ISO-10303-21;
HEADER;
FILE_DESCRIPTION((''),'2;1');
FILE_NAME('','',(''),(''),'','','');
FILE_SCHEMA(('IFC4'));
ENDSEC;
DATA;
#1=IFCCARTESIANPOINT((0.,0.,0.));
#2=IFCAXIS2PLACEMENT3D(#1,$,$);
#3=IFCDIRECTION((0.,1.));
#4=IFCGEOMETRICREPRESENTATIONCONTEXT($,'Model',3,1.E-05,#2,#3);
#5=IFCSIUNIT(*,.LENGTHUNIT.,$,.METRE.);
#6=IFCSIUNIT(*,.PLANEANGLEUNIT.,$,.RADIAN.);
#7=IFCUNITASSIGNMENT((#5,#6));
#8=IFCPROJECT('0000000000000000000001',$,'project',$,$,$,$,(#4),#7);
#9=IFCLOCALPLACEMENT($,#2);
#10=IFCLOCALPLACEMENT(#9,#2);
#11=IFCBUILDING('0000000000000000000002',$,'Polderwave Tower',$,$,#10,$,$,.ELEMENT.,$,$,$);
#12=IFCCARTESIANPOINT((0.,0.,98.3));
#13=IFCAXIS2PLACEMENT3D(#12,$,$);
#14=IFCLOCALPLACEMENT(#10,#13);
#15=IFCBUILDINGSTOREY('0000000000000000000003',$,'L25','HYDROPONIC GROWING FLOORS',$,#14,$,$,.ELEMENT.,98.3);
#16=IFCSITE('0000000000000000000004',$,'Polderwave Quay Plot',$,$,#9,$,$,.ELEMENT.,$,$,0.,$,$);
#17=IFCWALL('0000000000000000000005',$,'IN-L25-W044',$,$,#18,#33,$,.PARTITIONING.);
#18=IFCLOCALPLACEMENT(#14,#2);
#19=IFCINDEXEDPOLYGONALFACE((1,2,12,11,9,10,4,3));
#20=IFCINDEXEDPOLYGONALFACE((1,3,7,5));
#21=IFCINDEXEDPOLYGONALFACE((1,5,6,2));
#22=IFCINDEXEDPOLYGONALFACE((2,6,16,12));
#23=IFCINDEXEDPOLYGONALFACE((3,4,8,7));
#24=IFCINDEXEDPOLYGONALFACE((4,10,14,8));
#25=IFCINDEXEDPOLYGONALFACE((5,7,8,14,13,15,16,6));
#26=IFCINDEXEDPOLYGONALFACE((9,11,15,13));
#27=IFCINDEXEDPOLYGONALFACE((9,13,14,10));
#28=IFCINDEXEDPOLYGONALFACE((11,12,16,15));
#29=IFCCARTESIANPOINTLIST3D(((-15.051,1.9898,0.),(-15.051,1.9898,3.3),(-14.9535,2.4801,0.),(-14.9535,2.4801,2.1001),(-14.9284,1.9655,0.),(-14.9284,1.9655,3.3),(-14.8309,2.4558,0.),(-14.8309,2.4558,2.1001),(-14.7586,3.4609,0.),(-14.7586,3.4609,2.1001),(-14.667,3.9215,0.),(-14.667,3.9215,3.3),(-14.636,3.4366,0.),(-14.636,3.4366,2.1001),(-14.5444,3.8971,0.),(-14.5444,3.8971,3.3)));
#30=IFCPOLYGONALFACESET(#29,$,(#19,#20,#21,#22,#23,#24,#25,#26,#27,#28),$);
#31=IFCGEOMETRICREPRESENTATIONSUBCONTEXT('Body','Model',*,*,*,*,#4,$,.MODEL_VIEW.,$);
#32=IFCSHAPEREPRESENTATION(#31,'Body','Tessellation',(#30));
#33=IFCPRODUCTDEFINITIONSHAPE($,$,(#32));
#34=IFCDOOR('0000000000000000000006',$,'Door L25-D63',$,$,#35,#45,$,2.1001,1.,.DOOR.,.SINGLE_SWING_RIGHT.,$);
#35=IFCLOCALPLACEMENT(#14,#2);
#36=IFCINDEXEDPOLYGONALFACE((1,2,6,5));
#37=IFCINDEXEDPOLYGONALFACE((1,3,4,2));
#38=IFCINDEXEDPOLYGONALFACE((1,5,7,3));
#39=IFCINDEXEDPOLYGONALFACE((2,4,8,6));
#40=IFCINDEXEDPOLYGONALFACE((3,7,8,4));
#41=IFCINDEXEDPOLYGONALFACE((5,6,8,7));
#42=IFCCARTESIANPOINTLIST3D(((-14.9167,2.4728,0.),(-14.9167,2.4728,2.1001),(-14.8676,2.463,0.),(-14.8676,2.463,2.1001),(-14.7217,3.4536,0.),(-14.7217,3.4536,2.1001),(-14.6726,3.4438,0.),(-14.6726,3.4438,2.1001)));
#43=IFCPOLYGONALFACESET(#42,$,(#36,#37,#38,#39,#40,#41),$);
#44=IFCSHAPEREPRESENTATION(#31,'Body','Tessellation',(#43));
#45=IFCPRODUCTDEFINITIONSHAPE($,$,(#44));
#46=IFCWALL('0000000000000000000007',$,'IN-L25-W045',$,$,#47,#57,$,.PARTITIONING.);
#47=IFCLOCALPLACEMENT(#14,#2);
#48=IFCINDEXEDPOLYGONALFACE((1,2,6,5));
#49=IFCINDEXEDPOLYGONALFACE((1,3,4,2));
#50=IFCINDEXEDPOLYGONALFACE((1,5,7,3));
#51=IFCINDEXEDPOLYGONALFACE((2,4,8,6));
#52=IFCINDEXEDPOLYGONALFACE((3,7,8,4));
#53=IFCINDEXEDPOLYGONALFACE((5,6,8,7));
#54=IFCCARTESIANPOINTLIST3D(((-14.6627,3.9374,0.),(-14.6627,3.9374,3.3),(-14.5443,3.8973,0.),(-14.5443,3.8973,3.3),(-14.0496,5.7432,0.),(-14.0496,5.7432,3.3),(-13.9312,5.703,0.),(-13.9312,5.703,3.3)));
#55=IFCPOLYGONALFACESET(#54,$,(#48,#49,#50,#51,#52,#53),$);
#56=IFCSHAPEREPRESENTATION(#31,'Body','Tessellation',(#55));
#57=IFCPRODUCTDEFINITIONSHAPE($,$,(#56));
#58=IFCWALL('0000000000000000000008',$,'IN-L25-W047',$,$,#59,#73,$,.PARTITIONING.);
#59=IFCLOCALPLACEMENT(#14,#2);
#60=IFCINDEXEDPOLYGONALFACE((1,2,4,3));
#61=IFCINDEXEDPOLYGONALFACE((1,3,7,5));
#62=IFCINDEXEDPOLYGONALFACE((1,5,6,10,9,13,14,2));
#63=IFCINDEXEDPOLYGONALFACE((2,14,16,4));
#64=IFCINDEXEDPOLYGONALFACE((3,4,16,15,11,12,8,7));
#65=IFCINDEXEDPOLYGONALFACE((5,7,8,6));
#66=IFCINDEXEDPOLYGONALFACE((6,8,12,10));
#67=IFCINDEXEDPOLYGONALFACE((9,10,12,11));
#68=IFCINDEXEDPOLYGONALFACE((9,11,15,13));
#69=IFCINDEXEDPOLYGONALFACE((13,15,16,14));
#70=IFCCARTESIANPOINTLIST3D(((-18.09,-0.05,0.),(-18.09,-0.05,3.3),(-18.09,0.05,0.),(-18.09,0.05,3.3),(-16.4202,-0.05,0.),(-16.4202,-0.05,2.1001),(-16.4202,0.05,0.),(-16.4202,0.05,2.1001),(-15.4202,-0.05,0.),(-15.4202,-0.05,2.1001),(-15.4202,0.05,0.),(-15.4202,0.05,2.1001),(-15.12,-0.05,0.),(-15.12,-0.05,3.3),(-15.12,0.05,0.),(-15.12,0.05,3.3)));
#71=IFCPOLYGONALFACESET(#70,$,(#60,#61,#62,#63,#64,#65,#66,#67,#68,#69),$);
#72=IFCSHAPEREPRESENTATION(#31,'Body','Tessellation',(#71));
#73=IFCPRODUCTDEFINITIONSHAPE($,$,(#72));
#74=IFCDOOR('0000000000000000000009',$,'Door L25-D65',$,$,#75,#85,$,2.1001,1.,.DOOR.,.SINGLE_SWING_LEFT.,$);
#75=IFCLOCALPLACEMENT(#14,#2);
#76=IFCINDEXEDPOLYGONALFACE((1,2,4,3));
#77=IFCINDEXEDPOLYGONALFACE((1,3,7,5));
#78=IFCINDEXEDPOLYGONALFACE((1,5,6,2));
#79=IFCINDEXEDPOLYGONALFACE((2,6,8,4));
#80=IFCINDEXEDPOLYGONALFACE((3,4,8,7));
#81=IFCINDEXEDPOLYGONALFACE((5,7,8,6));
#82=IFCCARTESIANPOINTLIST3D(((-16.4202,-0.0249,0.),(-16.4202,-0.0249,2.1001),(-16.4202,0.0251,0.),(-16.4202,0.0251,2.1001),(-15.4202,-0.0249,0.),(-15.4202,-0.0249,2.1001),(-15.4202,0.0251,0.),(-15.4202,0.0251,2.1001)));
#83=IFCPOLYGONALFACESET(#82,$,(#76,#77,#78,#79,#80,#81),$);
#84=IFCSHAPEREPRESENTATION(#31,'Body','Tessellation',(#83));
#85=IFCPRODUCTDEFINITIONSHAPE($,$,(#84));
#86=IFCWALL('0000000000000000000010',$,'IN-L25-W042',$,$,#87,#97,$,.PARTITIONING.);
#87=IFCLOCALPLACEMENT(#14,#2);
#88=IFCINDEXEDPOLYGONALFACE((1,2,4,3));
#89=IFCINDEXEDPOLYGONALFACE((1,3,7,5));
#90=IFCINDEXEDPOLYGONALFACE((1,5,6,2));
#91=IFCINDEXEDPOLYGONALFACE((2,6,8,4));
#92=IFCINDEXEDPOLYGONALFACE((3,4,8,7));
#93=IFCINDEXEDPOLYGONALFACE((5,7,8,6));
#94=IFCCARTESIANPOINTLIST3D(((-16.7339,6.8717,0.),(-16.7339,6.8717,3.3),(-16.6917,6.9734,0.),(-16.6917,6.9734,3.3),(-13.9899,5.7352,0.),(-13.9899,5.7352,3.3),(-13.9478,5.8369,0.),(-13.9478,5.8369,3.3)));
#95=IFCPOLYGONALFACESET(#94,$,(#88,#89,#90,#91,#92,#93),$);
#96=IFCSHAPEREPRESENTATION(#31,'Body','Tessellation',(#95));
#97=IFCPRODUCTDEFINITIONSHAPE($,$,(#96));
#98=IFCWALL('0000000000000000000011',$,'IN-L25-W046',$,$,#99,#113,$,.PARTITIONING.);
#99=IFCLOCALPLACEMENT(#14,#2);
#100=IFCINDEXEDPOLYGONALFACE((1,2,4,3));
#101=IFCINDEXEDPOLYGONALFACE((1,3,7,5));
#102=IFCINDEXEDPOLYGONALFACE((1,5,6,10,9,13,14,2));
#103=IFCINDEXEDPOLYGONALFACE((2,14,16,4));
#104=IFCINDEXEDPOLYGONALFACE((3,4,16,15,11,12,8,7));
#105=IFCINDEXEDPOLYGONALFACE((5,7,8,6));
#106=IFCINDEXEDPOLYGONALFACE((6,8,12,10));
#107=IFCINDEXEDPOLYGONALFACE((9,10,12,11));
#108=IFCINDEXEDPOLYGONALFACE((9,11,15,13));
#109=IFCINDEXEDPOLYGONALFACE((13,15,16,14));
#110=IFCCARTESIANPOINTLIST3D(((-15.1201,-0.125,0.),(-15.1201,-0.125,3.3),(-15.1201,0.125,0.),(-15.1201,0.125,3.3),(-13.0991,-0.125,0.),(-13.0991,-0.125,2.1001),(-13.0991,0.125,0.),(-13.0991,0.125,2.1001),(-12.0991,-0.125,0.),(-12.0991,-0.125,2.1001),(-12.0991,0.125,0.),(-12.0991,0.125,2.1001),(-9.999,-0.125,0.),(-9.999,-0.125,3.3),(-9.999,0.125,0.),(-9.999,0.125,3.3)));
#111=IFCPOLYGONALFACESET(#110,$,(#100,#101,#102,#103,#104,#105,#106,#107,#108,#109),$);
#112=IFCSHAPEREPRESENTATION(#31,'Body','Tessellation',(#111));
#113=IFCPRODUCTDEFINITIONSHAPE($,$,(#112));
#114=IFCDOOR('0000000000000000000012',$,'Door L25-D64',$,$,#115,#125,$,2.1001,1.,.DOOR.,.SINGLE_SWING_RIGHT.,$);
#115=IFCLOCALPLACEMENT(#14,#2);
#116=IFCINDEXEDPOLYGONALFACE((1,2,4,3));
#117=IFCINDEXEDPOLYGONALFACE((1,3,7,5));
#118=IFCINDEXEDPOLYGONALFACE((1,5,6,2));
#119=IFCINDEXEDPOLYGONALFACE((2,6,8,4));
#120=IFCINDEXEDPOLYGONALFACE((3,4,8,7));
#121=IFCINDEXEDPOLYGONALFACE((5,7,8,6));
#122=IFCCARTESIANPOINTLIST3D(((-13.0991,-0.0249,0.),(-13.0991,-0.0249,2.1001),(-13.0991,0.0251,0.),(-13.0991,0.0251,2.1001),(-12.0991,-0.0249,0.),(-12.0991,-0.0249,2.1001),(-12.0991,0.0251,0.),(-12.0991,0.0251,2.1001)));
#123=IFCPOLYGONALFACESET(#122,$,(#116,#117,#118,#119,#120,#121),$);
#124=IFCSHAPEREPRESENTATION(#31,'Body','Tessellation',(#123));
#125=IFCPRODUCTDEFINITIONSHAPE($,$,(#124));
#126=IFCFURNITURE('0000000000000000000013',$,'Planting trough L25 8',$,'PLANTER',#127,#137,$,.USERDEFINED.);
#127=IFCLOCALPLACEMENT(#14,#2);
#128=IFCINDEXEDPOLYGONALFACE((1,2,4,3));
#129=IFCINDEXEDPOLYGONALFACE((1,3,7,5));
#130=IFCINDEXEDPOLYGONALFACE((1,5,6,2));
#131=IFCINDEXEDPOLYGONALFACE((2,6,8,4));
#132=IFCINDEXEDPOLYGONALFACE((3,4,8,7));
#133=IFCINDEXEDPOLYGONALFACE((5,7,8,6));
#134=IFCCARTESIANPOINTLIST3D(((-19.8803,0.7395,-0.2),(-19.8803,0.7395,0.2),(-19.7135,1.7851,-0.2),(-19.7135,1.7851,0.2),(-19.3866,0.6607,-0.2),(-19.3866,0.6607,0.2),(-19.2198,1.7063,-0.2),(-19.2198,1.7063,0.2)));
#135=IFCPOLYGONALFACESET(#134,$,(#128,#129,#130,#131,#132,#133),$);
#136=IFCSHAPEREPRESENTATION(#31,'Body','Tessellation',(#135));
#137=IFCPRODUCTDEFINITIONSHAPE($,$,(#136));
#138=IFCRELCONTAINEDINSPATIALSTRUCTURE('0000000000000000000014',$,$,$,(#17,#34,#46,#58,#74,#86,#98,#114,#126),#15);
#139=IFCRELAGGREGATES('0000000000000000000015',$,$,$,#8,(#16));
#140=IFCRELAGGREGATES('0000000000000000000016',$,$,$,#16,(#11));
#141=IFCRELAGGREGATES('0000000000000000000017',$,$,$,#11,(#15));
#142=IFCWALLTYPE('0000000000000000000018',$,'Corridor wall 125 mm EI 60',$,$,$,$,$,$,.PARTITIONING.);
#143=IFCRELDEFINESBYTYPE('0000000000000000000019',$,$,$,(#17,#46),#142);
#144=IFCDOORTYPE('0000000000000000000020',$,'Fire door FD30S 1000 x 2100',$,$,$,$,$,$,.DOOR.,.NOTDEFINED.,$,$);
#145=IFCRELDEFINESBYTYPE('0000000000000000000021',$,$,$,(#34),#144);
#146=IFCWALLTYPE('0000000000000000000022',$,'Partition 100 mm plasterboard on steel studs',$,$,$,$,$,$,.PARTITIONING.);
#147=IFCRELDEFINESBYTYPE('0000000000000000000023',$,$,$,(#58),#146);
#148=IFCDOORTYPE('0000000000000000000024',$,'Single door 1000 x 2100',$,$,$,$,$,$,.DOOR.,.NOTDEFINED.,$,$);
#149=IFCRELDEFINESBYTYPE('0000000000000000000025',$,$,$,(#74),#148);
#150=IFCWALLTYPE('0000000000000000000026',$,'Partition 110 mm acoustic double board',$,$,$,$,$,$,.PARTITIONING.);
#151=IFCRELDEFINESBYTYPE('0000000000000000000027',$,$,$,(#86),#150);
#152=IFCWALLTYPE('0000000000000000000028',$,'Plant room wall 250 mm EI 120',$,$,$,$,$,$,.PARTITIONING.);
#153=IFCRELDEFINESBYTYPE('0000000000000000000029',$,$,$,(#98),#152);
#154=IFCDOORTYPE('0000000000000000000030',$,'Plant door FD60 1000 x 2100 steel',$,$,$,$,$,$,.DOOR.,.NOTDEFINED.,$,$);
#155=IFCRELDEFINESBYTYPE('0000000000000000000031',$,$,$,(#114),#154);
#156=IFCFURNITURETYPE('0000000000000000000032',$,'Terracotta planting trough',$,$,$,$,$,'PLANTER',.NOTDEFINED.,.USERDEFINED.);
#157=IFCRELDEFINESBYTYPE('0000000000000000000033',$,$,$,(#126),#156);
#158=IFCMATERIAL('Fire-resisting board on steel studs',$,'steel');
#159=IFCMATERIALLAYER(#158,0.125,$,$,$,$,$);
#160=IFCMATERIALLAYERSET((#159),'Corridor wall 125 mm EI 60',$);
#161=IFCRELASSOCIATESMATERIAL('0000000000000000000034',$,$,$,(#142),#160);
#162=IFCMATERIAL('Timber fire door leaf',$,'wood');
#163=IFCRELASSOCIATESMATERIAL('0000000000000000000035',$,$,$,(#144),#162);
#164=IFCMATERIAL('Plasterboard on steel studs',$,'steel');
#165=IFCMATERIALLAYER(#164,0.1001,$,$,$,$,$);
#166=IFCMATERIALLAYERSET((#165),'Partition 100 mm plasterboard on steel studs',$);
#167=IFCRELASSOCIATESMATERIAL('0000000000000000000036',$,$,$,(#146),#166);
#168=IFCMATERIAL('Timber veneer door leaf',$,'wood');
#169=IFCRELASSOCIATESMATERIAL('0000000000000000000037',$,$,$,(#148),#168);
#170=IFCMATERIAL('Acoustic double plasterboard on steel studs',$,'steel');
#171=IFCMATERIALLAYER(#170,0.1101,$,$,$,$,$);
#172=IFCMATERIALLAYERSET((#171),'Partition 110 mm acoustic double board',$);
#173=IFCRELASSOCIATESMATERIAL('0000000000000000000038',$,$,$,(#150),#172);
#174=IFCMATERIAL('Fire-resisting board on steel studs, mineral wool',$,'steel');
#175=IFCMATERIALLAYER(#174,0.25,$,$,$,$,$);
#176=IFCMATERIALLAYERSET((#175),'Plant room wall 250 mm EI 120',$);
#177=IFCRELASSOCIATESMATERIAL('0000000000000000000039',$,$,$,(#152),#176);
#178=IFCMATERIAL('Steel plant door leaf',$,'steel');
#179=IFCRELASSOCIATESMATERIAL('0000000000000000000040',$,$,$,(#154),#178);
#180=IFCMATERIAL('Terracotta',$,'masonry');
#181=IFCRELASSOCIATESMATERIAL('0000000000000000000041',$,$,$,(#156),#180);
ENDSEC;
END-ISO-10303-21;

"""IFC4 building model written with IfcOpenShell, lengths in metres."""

from ifc_helpers import new_model, si_unit, direction, frame, frame_2d, origin, origin_2d, place, context, subcontext, project, spatial, rectangle, extrude, material, layer, layer_set, type_object, element, fill, save


model = new_model("IFC4")

# Units and contexts
model_context = context("Model", 3, precision=1e-05, world=origin(), true_north=direction((0.0, 1.0)))
body_context = subcontext(model_context, "Body", "Model", "MODEL_VIEW")
ifc_project = project(units=[si_unit("LENGTHUNIT", "METRE"), si_unit("PLANEANGLEUNIT", "RADIAN")], contexts=[model_context])

# Site, building, storey
site_placement = place(None, origin())
site = spatial("IfcSite", under=ifc_project, at=site_placement, Name="Polderwave Quay Plot", CompositionType="ELEMENT", RefElevation=0.0)
building_placement = place(site_placement, origin())
building = spatial("IfcBuilding", under=site, at=building_placement, Name="Polderwave Tower", CompositionType="ELEMENT")
storey_placement = place(building_placement, frame((0.0, 0.0, 98.3)))
storey = spatial("IfcBuildingStorey", under=building, at=storey_placement, Name="L25", Description="HYDROPONIC GROWING FLOORS", CompositionType="ELEMENT", Elevation=98.3)

# Shared definitions
ifc_material_1 = material(Name="Fire-resisting board on steel studs", Category="steel")
ifc_layer_1 = layer(ifc_material_1, 0.125)
ifc_layer_set_1 = layer_set([ifc_layer_1], Name="Corridor wall 125 mm EI 60")
wall_type_1 = type_object("IfcWallType", Name="Corridor wall 125 mm EI 60", PredefinedType="PARTITIONING", material=ifc_layer_set_1)

# Wall, opening, door
wall_1_placement = place(storey_placement, frame((-14.9897, 1.9775, 0.0), z_axis=(0.0, 0.0, 1.0), x_axis=(0.194996, 0.980804, 0.0)))
wall_1 = element("IfcWall", 1, at=wall_1_placement, inside=storey, type_object=wall_type_1, Name="IN-L25-W044", PredefinedType="PARTITIONING", context=body_context, shape_type="SweptSolid", body=[
    extrude(rectangle(XDim=1.9695, YDim=0.125, at=frame_2d((0.9849, 0.0))), origin(), (0.0, 0.0, 1.0), 3.3),
])
opening_1_placement = place(wall_1_placement, frame((0.5, 0.0, 0.0)))
opening_1 = element("IfcOpeningElement", 2, at=opening_1_placement, cuts=wall_1, PredefinedType="OPENING", context=body_context, shape_type="SweptSolid", body=[
    extrude(rectangle(XDim=1.0, YDim=2.1001, at=frame_2d((0.5, 1.05))), frame((0.0, 0.0725, 0.0), z_axis=(0.0, -1.0, 0.0), x_axis=(1.0, 0.0, 0.0)), (0.0, 0.0, 1.0), 0.145),
])
ifc_material_2 = material(Name="Timber fire door leaf", Category="wood")
door_type_1 = type_object("IfcDoorType", Name="Fire door FD30S 1000 x 2100", OperationType="NOTDEFINED", PredefinedType="DOOR", material=ifc_material_2)
door_1_placement = place(opening_1_placement, origin())
door_1 = element("IfcDoor", 3, at=door_1_placement, inside=storey, type_object=door_type_1, Name="Door L25-D63", OperationType="SINGLE_SWING_RIGHT", OverallHeight=2.1001, OverallWidth=1.0, PredefinedType="DOOR", context=body_context, shape_type="SweptSolid", body=[
    extrude(rectangle(XDim=1.0, YDim=2.1001, at=frame_2d((0.5, 1.05))), frame((0.0, 0.0249, 0.0), z_axis=(0.0, -1.0, 0.0), x_axis=(1.0, 0.0, 0.0)), (0.0, 0.0, 1.0), 0.05),
])
fill(opening_1, door_1)

# Wall
wall_2_placement = place(storey_placement, frame((-14.6035, 3.9172, 0.0), z_axis=(0.0, 0.0, 1.0), x_axis=(0.321485, 0.946915, 0.0)))
element("IfcWall", 4, at=wall_2_placement, inside=storey, type_object=wall_type_1, Name="IN-L25-W045", PredefinedType="PARTITIONING", context=body_context, shape_type="SweptSolid", body=[
    extrude(rectangle(XDim=1.907, YDim=0.125, at=frame_2d((0.9536, 0.0))), origin(), (0.0, 0.0, 1.0), 3.3),
])

# Wall, opening, door
ifc_material_3 = material(Name="Plasterboard on steel studs", Category="steel")
ifc_layer_2 = layer(ifc_material_3, 0.1001)
ifc_layer_set_2 = layer_set([ifc_layer_2], Name="Partition 100 mm plasterboard on steel studs")
wall_type_2 = type_object("IfcWallType", Name="Partition 100 mm plasterboard on steel studs", PredefinedType="PARTITIONING", material=ifc_layer_set_2)
wall_3_placement = place(storey_placement, frame((-15.1201, 0.0, 0.0), z_axis=(0.0, 0.0, 1.0), x_axis=(-1.0, 0.0, 0.0)))
wall_3 = element("IfcWall", 5, at=wall_3_placement, inside=storey, type_object=wall_type_2, Name="IN-L25-W047", PredefinedType="PARTITIONING", context=body_context, shape_type="SweptSolid", body=[
    extrude(rectangle(XDim=2.97, YDim=0.1001, at=frame_2d((1.4849, 0.0))), origin(), (0.0, 0.0, 1.0), 3.3),
])
opening_2_placement = place(wall_3_placement, frame((0.3, 0.0, 0.0)))
opening_2 = element("IfcOpeningElement", 6, at=opening_2_placement, cuts=wall_3, PredefinedType="OPENING", context=body_context, shape_type="SweptSolid", body=[
    extrude(rectangle(XDim=1.0, YDim=2.1001, at=frame_2d((0.5, 1.05))), frame((0.0, 0.0601, 0.0), z_axis=(0.0, -1.0, 0.0), x_axis=(1.0, 0.0, 0.0)), (0.0, 0.0, 1.0), 0.1201),
])
ifc_material_4 = material(Name="Timber veneer door leaf", Category="wood")
door_type_2 = type_object("IfcDoorType", Name="Single door 1000 x 2100", OperationType="NOTDEFINED", PredefinedType="DOOR", material=ifc_material_4)
door_2_placement = place(opening_2_placement, origin())
door_2 = element("IfcDoor", 7, at=door_2_placement, inside=storey, type_object=door_type_2, Name="Door L25-D65", OperationType="SINGLE_SWING_LEFT", OverallHeight=2.1001, OverallWidth=1.0, PredefinedType="DOOR", context=body_context, shape_type="SweptSolid", body=[
    extrude(rectangle(XDim=1.0, YDim=2.1001, at=frame_2d((0.5, 1.05))), frame((0.0, 0.0249, 0.0), z_axis=(0.0, -1.0, 0.0), x_axis=(1.0, 0.0, 0.0)), (0.0, 0.0, 1.0), 0.05),
])
fill(opening_2, door_2)

# Wall
ifc_material_5 = material(Name="Acoustic double plasterboard on steel studs", Category="steel")
ifc_layer_3 = layer(ifc_material_5, 0.1101)
ifc_layer_set_3 = layer_set([ifc_layer_3], Name="Partition 110 mm acoustic double board")
wall_type_3 = type_object("IfcWallType", Name="Partition 110 mm acoustic double board", PredefinedType="PARTITIONING", material=ifc_layer_set_3)
wall_4_placement = place(storey_placement, frame((-13.969, 5.7861, 0.0), z_axis=(0.0, 0.0, 1.0), x_axis=(-0.92389, 0.382659, 0.0)))
element("IfcWall", 8, at=wall_4_placement, inside=storey, type_object=wall_type_3, Name="IN-L25-W042", PredefinedType="PARTITIONING", context=body_context, shape_type="SweptSolid", body=[
    extrude(rectangle(XDim=2.97, YDim=0.1101, at=frame_2d((1.4849, 0.0))), origin(), (0.0, 0.0, 1.0), 3.3),
])

# Wall, opening, door
ifc_material_6 = material(Name="Fire-resisting board on steel studs, mineral wool", Category="steel")
ifc_layer_4 = layer(ifc_material_6, 0.25)
ifc_layer_set_4 = layer_set([ifc_layer_4], Name="Plant room wall 250 mm EI 120")
wall_type_4 = type_object("IfcWallType", Name="Plant room wall 250 mm EI 120", PredefinedType="PARTITIONING", material=ifc_layer_set_4)
wall_5_placement = place(storey_placement, frame((-9.999, 0.0, 0.0), z_axis=(0.0, 0.0, 1.0), x_axis=(-1.0, 0.0, 0.0)))
wall_5 = element("IfcWall", 9, at=wall_5_placement, inside=storey, type_object=wall_type_4, Name="IN-L25-W046", PredefinedType="PARTITIONING", context=body_context, shape_type="SweptSolid", body=[
    extrude(rectangle(XDim=5.1211, YDim=0.25, at=frame_2d((2.5605, 0.0))), origin(), (0.0, 0.0, 1.0), 3.3),
])
opening_3_placement = place(wall_5_placement, frame((2.1001, 0.0, 0.0)))
opening_3 = element("IfcOpeningElement", 10, at=opening_3_placement, cuts=wall_5, PredefinedType="OPENING", context=body_context, shape_type="SweptSolid", body=[
    extrude(rectangle(XDim=1.0, YDim=2.1001, at=frame_2d((0.5, 1.05))), frame((0.0, 0.135, 0.0), z_axis=(0.0, -1.0, 0.0), x_axis=(1.0, 0.0, 0.0)), (0.0, 0.0, 1.0), 0.27),
])
ifc_material_7 = material(Name="Steel plant door leaf", Category="steel")
door_type_3 = type_object("IfcDoorType", Name="Plant door FD60 1000 x 2100 steel", OperationType="NOTDEFINED", PredefinedType="DOOR", material=ifc_material_7)
door_3_placement = place(opening_3_placement, origin())
door_3 = element("IfcDoor", 11, at=door_3_placement, inside=storey, type_object=door_type_3, Name="Door L25-D64", OperationType="SINGLE_SWING_RIGHT", OverallHeight=2.1001, OverallWidth=1.0, PredefinedType="DOOR", context=body_context, shape_type="SweptSolid", body=[
    extrude(rectangle(XDim=1.0, YDim=2.1001, at=frame_2d((0.5, 1.05))), frame((0.0, 0.0249, 0.0), z_axis=(0.0, -1.0, 0.0), x_axis=(1.0, 0.0, 0.0)), (0.0, 0.0, 1.0), 0.05),
])
fill(opening_3, door_3)

# Furniture
ifc_material_8 = material(Name="Terracotta", Category="masonry")
furniture_type = type_object("IfcFurnitureType", Name="Terracotta planting trough", ElementType="PLANTER", AssemblyPlace="NOTDEFINED", PredefinedType="USERDEFINED", material=ifc_material_8)
furniture_placement = place(storey_placement, frame((-19.55, 1.2229, -0.2), z_axis=(0.0, 0.0, 1.0), x_axis=(-0.157517, -0.987516, 0.0)))
element("IfcFurniture", 12, at=furniture_placement, inside=storey, type_object=furniture_type, Name="Planting trough L25 8", ObjectType="PLANTER", PredefinedType="USERDEFINED", context=body_context, shape_type="SweptSolid", body=[
    extrude(rectangle(XDim=1.0588, YDim=0.5, at=origin_2d()), origin(), (0.0, 0.0, 1.0), 0.3999),
])

save(model, "model.ifc")
